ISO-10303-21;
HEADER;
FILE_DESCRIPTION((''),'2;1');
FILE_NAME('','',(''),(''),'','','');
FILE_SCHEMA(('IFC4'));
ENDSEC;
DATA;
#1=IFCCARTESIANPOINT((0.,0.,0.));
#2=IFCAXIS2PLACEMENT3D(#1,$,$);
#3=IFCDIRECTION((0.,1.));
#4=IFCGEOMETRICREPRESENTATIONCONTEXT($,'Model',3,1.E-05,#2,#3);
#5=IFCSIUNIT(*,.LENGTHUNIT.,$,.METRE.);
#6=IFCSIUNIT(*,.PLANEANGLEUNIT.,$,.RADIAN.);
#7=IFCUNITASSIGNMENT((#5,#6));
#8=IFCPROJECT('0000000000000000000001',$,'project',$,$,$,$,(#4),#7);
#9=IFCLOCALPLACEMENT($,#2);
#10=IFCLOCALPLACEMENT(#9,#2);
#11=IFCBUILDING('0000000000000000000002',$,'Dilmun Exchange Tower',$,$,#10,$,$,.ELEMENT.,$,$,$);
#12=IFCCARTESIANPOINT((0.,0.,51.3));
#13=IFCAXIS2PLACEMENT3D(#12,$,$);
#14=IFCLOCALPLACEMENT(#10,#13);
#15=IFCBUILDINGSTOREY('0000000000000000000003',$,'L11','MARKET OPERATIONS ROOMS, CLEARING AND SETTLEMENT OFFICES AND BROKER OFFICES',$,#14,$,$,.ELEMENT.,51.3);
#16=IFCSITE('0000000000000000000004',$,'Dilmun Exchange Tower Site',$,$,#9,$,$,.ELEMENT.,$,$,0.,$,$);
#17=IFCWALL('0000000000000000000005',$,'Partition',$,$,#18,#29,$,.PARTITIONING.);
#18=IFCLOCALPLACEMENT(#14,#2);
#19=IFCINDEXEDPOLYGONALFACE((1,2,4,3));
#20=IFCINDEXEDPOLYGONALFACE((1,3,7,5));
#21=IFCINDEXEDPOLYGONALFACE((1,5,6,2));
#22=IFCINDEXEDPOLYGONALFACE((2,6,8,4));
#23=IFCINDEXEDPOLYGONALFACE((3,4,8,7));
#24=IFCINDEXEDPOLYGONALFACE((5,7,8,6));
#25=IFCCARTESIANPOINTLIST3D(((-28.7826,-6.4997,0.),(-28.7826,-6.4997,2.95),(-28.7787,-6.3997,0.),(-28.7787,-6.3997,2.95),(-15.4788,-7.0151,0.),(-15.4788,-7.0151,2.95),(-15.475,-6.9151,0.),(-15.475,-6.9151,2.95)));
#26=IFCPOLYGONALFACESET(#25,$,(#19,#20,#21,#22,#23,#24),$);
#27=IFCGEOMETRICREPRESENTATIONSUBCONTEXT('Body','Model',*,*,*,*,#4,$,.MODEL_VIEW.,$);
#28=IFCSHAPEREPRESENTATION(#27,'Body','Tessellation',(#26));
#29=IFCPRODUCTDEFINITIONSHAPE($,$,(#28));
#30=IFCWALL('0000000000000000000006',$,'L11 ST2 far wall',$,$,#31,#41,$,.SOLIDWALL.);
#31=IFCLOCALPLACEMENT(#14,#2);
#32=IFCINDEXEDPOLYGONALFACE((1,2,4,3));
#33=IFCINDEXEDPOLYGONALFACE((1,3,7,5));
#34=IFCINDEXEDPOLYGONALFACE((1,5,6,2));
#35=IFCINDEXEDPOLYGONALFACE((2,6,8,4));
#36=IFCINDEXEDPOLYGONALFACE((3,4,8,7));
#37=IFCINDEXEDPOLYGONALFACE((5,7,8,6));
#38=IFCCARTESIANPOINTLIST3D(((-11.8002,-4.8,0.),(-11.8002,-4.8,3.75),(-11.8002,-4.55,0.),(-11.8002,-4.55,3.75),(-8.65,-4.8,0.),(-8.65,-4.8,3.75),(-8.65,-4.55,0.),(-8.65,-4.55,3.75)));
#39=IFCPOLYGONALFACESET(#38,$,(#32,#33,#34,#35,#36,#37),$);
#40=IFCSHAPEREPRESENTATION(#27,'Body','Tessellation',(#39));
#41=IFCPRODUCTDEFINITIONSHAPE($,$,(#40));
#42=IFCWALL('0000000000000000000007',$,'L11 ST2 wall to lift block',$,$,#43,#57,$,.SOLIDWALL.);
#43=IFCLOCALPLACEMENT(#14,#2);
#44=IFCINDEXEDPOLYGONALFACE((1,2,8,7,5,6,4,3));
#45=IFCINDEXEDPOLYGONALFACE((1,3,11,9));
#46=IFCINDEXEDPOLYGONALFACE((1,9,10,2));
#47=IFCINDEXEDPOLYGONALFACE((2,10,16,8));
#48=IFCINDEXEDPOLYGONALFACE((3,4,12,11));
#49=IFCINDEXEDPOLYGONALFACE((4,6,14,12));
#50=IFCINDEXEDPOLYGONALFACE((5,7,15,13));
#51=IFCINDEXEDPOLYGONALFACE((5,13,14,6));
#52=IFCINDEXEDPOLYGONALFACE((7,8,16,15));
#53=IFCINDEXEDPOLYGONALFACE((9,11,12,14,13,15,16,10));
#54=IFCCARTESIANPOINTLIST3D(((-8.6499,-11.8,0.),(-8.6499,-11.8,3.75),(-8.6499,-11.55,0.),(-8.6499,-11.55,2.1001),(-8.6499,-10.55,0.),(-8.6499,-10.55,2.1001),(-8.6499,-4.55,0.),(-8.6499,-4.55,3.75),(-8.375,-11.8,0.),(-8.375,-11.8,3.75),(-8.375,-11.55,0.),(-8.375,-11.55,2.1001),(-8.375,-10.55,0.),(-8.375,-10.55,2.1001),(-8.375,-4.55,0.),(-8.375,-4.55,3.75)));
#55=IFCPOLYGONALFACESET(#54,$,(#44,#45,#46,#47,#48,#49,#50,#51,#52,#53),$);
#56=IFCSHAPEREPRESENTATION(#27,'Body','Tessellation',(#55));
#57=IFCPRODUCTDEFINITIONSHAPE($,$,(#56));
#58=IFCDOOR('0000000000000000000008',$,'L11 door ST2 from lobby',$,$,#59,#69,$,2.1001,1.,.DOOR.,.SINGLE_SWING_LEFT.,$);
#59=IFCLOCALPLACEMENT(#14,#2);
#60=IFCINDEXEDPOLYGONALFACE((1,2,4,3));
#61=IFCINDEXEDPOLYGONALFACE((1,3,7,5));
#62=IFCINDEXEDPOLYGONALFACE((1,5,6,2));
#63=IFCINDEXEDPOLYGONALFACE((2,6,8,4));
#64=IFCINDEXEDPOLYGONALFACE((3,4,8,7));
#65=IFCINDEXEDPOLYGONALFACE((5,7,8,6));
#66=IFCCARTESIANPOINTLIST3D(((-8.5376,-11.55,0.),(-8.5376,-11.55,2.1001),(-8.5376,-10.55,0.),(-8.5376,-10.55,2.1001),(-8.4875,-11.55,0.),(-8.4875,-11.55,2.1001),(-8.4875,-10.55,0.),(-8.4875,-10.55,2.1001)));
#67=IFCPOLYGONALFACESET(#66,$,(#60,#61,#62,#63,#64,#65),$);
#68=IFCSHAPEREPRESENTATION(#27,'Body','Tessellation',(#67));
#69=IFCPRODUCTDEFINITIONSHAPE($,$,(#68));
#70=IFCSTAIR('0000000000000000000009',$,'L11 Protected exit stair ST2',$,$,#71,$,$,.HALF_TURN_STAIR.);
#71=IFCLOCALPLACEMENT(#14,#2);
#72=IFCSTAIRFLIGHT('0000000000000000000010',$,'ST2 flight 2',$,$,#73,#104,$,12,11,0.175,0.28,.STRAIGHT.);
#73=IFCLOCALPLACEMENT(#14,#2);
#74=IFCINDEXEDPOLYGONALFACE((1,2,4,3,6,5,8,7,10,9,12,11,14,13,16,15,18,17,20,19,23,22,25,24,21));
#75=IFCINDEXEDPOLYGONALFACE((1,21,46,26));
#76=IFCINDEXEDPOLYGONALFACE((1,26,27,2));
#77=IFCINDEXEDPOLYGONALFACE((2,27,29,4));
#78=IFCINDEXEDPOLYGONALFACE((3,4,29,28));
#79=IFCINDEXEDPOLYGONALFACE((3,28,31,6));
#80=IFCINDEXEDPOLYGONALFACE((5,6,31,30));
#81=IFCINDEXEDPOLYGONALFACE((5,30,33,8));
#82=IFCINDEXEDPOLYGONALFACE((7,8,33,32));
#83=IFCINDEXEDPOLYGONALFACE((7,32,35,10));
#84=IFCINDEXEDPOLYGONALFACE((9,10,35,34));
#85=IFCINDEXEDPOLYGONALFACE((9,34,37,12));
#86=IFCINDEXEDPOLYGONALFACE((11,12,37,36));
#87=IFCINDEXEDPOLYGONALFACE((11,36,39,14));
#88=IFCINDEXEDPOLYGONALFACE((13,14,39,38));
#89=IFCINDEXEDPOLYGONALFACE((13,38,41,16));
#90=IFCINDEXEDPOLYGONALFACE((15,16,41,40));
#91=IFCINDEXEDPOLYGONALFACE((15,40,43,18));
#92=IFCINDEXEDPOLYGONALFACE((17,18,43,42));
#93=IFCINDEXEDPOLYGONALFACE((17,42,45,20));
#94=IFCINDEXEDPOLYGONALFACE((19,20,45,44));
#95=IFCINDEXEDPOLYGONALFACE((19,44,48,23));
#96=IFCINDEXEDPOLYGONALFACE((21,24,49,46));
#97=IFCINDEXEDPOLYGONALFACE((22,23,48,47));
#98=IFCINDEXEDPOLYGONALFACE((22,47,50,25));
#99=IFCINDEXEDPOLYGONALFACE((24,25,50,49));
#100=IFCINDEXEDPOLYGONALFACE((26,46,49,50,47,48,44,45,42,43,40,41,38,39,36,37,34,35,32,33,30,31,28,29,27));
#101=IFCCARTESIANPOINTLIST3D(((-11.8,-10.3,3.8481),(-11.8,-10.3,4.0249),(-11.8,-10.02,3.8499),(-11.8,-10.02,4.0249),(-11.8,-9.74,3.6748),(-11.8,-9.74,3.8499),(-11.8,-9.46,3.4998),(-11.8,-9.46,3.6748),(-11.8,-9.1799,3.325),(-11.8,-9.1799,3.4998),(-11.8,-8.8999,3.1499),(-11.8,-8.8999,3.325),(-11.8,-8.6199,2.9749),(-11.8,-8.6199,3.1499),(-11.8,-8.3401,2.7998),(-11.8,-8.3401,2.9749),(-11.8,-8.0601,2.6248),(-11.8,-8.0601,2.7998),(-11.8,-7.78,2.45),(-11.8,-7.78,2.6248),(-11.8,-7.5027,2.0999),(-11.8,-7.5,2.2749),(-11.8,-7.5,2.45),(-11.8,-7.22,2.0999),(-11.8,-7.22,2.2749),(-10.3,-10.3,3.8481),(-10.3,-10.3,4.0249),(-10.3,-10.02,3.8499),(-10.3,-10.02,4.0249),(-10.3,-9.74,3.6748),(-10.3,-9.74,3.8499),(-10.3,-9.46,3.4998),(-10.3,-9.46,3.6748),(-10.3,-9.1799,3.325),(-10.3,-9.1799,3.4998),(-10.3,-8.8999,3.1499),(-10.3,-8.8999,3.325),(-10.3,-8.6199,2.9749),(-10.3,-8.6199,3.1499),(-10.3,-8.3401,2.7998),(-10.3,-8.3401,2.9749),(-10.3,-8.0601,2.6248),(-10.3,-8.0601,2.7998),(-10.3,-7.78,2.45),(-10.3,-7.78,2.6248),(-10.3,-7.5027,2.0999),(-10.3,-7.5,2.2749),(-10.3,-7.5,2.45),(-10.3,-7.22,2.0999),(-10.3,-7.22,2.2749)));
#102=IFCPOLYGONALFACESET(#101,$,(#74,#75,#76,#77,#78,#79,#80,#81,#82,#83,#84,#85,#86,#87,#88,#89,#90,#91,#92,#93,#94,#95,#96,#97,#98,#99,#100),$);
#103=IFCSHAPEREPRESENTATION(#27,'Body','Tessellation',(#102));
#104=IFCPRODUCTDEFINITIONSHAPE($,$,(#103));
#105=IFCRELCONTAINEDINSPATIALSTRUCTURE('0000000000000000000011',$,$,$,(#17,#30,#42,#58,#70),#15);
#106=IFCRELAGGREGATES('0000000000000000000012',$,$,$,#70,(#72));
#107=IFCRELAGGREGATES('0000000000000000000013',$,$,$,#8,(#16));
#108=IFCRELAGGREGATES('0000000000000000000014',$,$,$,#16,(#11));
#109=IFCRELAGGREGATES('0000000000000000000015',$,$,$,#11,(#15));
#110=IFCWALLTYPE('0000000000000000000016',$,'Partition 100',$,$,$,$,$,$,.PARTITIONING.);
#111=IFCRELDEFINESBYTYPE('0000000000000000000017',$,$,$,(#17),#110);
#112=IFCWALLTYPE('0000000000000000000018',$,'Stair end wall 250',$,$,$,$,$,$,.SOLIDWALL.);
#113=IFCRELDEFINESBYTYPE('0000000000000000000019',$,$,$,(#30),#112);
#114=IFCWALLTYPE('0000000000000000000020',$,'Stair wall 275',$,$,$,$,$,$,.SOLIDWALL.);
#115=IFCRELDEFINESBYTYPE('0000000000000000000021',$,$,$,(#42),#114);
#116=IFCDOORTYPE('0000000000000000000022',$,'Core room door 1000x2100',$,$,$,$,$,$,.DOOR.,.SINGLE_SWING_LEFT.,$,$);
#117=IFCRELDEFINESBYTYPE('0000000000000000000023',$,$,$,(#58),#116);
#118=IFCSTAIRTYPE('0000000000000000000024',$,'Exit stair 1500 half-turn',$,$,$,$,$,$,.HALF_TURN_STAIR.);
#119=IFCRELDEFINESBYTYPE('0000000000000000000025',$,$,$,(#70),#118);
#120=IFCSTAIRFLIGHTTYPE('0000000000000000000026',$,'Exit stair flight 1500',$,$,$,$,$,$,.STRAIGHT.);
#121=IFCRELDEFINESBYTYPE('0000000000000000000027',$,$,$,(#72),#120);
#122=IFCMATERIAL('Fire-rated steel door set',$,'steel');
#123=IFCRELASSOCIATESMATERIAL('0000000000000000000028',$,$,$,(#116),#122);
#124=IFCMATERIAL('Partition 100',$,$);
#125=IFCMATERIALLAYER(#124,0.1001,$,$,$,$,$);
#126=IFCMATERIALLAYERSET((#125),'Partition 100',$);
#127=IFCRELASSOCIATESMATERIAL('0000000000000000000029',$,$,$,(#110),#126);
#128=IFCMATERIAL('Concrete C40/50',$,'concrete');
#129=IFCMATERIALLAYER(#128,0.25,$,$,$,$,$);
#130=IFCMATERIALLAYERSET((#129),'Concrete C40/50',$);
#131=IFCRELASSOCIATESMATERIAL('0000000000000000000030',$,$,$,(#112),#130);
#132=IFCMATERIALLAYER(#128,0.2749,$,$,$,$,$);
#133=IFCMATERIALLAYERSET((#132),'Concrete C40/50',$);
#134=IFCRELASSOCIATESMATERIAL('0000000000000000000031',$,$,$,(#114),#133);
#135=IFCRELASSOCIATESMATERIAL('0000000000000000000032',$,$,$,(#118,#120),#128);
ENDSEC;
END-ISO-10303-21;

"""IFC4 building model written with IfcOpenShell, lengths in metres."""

from ifc_helpers import new_model, si_unit, direction, frame, frame_2d, origin, place, context, subcontext, project, spatial, polyline, rectangle, outline, extrude, material, layer, layer_set, type_object, element, fill, aggregate, save


model = new_model("IFC4")

# Units and contexts
model_context = context("Model", 3, precision=1e-05, world=origin(), true_north=direction((0.0, 1.0)))
body_context = subcontext(model_context, "Body", "Model", "MODEL_VIEW")
ifc_project = project(units=[si_unit("LENGTHUNIT", "METRE"), si_unit("PLANEANGLEUNIT", "RADIAN")], contexts=[model_context])

# Site, building, storey
site_placement = place(None, origin())
site = spatial("IfcSite", under=ifc_project, at=site_placement, Name="Dilmun Exchange Tower Site", CompositionType="ELEMENT", RefElevation=0.0)
building_placement = place(site_placement, origin())
building = spatial("IfcBuilding", under=site, at=building_placement, Name="Dilmun Exchange Tower", CompositionType="ELEMENT")
storey_placement = place(building_placement, frame((0.0, 0.0, 51.3)))
storey = spatial("IfcBuildingStorey", under=building, at=storey_placement, Name="L11", Description="MARKET OPERATIONS ROOMS, CLEARING AND SETTLEMENT OFFICES AND BROKER OFFICES", CompositionType="ELEMENT", Elevation=51.3)

# Shared definitions
ifc_material_1 = material(Name="Concrete C40/50", Category="concrete")

# Shared definitions
ifc_material_2 = material(Name="Fire-rated steel door set", Category="steel")
door_type = type_object("IfcDoorType", Name="Core room door 1000x2100", OperationType="SINGLE_SWING_LEFT", PredefinedType="DOOR", material=ifc_material_2)

# Walls
ifc_material_3 = material(Name="Partition 100")
ifc_layer_1 = layer(ifc_material_3, 0.1001)
ifc_layer_set_1 = layer_set([ifc_layer_1], Name="Partition 100")
wall_type_1 = type_object("IfcWallType", Name="Partition 100", PredefinedType="PARTITIONING", material=ifc_layer_set_1)
wall_1_placement = place(storey_placement, frame((-28.7805, -6.4497, 0.0), z_axis=(0.0, 0.0, 1.0), x_axis=(0.99925, -0.038711, 0.0)))
element("IfcWall", 1, at=wall_1_placement, inside=storey, type_object=wall_type_1, Name="Partition", PredefinedType="PARTITIONING", context=body_context, shape_type="SweptSolid", body=[
    extrude(rectangle(XDim=13.3137, YDim=0.1001, at=frame_2d((6.6567, 0.0))), origin(), (0.0, 0.0, 1.0), 2.95),
])
ifc_layer_2 = layer(ifc_material_1, 0.25)
ifc_layer_set_2 = layer_set([ifc_layer_2], Name="Concrete C40/50")
wall_type_2 = type_object("IfcWallType", Name="Stair end wall 250", PredefinedType="SOLIDWALL", material=ifc_layer_set_2)
wall_2_placement = place(storey_placement, frame((-8.6499, -4.675, 0.0), z_axis=(0.0, 0.0, 1.0), x_axis=(-1.0, 0.0, 0.0)))
element("IfcWall", 2, at=wall_2_placement, inside=storey, type_object=wall_type_2, Name="L11 ST2 far wall", PredefinedType="SOLIDWALL", context=body_context, shape_type="SweptSolid", body=[
    extrude(rectangle(XDim=3.1501, YDim=0.25, at=frame_2d((1.5752, 0.0))), origin(), (0.0, 0.0, 1.0), 3.75),
])

# Wall, opening, door
ifc_layer_3 = layer(ifc_material_1, 0.2749)
ifc_layer_set_3 = layer_set([ifc_layer_3], Name="Concrete C40/50")
wall_type_3 = type_object("IfcWallType", Name="Stair wall 275", PredefinedType="SOLIDWALL", material=ifc_layer_set_3)
wall_3_placement = place(storey_placement, frame((-8.5125, -4.55, 0.0), z_axis=(0.0, 0.0, 1.0), x_axis=(0.0, -1.0, 0.0)))
wall_3 = element("IfcWall", 3, at=wall_3_placement, inside=storey, type_object=wall_type_3, Name="L11 ST2 wall to lift block", PredefinedType="SOLIDWALL", context=body_context, shape_type="SweptSolid", body=[
    extrude(rectangle(XDim=7.25, YDim=0.2749, at=frame_2d((3.625, 0.0))), origin(), (0.0, 0.0, 1.0), 3.75),
])
opening_1_placement = place(wall_3_placement, frame((6.0, 0.0, 0.0)))
opening_1 = element("IfcOpeningElement", 4, at=opening_1_placement, cuts=wall_3, PredefinedType="OPENING", context=body_context, shape_type="SweptSolid", body=[
    extrude(rectangle(XDim=1.0, YDim=2.1001, at=frame_2d((0.5, 1.05))), frame((0.0, 0.1475, 0.0), z_axis=(0.0, -1.0, 0.0), x_axis=(1.0, 0.0, 0.0)), (0.0, 0.0, 1.0), 0.2949),
])
door_1_placement = place(opening_1_placement, origin())
door_1 = element("IfcDoor", 5, at=door_1_placement, inside=storey, type_object=door_type, Name="L11 door ST2 from lobby", OperationType="SINGLE_SWING_LEFT", OverallHeight=2.1001, OverallWidth=1.0, PredefinedType="DOOR", context=body_context, shape_type="SweptSolid", body=[
    extrude(rectangle(XDim=1.0, YDim=2.1001, at=frame_2d((0.5, 1.05))), frame((0.0, 0.0249, 0.0), z_axis=(0.0, -1.0, 0.0), x_axis=(1.0, 0.0, 0.0)), (0.0, 0.0, 1.0), 0.05),
])
fill(opening_1, door_1)

# Stair, stair flight
stair_type = type_object("IfcStairType", Name="Exit stair 1500 half-turn", PredefinedType="HALF_TURN_STAIR", material=ifc_material_1)
stair_placement = place(storey_placement, origin())
stair = element("IfcStair", 6, at=stair_placement, inside=storey, type_object=stair_type, Name="L11 Protected exit stair ST2", PredefinedType="HALF_TURN_STAIR")
stair_flight_type = type_object("IfcStairFlightType", Name="Exit stair flight 1500", PredefinedType="STRAIGHT", material=ifc_material_1)
stair_flight_placement = place(storey_placement, frame((-11.05, -7.22, 2.0999), z_axis=(0.0, 0.0, 1.0), x_axis=(0.0, -1.0, 0.0)))
stair_flight = element("IfcStairFlight", 7, at=stair_flight_placement, type_object=stair_flight_type, Name="ST2 flight 2", NumberOfRisers=12, NumberOfTreads=11, PredefinedType="STRAIGHT", RiserHeight=0.175, TreadLength=0.28, context=body_context, shape_type="SweptSolid", body=[
    extrude(outline(polyline([(0.0, 0.0), (0.0, 0.175), (0.28, 0.175), (0.28, 0.3501), (0.5601, 0.3501), (0.5601, 0.5249), (0.8401, 0.5249), (0.8401, 0.7), (1.1201, 0.7), (1.1201, 0.875), (1.3999, 0.875), (1.3999, 1.05), (1.6799, 1.05), (1.6799, 1.2251), (1.96, 1.2251), (1.96, 1.3999), (2.24, 1.3999), (2.24, 1.575), (2.52, 1.575), (2.52, 1.75), (2.8, 1.75), (2.8, 1.925), (3.0801, 1.925), (3.0801, 2.1001), (3.0801, 1.7483), (0.2827, 0.0), (0.0, 0.0)])), frame((0.0, 0.75, 0.0), z_axis=(0.0, -1.0, 0.0), x_axis=(1.0, 0.0, 0.0)), (0.0, 0.0, 1.0), 1.5),
])
aggregate(stair, [stair_flight])

save(model, "model.ifc")
